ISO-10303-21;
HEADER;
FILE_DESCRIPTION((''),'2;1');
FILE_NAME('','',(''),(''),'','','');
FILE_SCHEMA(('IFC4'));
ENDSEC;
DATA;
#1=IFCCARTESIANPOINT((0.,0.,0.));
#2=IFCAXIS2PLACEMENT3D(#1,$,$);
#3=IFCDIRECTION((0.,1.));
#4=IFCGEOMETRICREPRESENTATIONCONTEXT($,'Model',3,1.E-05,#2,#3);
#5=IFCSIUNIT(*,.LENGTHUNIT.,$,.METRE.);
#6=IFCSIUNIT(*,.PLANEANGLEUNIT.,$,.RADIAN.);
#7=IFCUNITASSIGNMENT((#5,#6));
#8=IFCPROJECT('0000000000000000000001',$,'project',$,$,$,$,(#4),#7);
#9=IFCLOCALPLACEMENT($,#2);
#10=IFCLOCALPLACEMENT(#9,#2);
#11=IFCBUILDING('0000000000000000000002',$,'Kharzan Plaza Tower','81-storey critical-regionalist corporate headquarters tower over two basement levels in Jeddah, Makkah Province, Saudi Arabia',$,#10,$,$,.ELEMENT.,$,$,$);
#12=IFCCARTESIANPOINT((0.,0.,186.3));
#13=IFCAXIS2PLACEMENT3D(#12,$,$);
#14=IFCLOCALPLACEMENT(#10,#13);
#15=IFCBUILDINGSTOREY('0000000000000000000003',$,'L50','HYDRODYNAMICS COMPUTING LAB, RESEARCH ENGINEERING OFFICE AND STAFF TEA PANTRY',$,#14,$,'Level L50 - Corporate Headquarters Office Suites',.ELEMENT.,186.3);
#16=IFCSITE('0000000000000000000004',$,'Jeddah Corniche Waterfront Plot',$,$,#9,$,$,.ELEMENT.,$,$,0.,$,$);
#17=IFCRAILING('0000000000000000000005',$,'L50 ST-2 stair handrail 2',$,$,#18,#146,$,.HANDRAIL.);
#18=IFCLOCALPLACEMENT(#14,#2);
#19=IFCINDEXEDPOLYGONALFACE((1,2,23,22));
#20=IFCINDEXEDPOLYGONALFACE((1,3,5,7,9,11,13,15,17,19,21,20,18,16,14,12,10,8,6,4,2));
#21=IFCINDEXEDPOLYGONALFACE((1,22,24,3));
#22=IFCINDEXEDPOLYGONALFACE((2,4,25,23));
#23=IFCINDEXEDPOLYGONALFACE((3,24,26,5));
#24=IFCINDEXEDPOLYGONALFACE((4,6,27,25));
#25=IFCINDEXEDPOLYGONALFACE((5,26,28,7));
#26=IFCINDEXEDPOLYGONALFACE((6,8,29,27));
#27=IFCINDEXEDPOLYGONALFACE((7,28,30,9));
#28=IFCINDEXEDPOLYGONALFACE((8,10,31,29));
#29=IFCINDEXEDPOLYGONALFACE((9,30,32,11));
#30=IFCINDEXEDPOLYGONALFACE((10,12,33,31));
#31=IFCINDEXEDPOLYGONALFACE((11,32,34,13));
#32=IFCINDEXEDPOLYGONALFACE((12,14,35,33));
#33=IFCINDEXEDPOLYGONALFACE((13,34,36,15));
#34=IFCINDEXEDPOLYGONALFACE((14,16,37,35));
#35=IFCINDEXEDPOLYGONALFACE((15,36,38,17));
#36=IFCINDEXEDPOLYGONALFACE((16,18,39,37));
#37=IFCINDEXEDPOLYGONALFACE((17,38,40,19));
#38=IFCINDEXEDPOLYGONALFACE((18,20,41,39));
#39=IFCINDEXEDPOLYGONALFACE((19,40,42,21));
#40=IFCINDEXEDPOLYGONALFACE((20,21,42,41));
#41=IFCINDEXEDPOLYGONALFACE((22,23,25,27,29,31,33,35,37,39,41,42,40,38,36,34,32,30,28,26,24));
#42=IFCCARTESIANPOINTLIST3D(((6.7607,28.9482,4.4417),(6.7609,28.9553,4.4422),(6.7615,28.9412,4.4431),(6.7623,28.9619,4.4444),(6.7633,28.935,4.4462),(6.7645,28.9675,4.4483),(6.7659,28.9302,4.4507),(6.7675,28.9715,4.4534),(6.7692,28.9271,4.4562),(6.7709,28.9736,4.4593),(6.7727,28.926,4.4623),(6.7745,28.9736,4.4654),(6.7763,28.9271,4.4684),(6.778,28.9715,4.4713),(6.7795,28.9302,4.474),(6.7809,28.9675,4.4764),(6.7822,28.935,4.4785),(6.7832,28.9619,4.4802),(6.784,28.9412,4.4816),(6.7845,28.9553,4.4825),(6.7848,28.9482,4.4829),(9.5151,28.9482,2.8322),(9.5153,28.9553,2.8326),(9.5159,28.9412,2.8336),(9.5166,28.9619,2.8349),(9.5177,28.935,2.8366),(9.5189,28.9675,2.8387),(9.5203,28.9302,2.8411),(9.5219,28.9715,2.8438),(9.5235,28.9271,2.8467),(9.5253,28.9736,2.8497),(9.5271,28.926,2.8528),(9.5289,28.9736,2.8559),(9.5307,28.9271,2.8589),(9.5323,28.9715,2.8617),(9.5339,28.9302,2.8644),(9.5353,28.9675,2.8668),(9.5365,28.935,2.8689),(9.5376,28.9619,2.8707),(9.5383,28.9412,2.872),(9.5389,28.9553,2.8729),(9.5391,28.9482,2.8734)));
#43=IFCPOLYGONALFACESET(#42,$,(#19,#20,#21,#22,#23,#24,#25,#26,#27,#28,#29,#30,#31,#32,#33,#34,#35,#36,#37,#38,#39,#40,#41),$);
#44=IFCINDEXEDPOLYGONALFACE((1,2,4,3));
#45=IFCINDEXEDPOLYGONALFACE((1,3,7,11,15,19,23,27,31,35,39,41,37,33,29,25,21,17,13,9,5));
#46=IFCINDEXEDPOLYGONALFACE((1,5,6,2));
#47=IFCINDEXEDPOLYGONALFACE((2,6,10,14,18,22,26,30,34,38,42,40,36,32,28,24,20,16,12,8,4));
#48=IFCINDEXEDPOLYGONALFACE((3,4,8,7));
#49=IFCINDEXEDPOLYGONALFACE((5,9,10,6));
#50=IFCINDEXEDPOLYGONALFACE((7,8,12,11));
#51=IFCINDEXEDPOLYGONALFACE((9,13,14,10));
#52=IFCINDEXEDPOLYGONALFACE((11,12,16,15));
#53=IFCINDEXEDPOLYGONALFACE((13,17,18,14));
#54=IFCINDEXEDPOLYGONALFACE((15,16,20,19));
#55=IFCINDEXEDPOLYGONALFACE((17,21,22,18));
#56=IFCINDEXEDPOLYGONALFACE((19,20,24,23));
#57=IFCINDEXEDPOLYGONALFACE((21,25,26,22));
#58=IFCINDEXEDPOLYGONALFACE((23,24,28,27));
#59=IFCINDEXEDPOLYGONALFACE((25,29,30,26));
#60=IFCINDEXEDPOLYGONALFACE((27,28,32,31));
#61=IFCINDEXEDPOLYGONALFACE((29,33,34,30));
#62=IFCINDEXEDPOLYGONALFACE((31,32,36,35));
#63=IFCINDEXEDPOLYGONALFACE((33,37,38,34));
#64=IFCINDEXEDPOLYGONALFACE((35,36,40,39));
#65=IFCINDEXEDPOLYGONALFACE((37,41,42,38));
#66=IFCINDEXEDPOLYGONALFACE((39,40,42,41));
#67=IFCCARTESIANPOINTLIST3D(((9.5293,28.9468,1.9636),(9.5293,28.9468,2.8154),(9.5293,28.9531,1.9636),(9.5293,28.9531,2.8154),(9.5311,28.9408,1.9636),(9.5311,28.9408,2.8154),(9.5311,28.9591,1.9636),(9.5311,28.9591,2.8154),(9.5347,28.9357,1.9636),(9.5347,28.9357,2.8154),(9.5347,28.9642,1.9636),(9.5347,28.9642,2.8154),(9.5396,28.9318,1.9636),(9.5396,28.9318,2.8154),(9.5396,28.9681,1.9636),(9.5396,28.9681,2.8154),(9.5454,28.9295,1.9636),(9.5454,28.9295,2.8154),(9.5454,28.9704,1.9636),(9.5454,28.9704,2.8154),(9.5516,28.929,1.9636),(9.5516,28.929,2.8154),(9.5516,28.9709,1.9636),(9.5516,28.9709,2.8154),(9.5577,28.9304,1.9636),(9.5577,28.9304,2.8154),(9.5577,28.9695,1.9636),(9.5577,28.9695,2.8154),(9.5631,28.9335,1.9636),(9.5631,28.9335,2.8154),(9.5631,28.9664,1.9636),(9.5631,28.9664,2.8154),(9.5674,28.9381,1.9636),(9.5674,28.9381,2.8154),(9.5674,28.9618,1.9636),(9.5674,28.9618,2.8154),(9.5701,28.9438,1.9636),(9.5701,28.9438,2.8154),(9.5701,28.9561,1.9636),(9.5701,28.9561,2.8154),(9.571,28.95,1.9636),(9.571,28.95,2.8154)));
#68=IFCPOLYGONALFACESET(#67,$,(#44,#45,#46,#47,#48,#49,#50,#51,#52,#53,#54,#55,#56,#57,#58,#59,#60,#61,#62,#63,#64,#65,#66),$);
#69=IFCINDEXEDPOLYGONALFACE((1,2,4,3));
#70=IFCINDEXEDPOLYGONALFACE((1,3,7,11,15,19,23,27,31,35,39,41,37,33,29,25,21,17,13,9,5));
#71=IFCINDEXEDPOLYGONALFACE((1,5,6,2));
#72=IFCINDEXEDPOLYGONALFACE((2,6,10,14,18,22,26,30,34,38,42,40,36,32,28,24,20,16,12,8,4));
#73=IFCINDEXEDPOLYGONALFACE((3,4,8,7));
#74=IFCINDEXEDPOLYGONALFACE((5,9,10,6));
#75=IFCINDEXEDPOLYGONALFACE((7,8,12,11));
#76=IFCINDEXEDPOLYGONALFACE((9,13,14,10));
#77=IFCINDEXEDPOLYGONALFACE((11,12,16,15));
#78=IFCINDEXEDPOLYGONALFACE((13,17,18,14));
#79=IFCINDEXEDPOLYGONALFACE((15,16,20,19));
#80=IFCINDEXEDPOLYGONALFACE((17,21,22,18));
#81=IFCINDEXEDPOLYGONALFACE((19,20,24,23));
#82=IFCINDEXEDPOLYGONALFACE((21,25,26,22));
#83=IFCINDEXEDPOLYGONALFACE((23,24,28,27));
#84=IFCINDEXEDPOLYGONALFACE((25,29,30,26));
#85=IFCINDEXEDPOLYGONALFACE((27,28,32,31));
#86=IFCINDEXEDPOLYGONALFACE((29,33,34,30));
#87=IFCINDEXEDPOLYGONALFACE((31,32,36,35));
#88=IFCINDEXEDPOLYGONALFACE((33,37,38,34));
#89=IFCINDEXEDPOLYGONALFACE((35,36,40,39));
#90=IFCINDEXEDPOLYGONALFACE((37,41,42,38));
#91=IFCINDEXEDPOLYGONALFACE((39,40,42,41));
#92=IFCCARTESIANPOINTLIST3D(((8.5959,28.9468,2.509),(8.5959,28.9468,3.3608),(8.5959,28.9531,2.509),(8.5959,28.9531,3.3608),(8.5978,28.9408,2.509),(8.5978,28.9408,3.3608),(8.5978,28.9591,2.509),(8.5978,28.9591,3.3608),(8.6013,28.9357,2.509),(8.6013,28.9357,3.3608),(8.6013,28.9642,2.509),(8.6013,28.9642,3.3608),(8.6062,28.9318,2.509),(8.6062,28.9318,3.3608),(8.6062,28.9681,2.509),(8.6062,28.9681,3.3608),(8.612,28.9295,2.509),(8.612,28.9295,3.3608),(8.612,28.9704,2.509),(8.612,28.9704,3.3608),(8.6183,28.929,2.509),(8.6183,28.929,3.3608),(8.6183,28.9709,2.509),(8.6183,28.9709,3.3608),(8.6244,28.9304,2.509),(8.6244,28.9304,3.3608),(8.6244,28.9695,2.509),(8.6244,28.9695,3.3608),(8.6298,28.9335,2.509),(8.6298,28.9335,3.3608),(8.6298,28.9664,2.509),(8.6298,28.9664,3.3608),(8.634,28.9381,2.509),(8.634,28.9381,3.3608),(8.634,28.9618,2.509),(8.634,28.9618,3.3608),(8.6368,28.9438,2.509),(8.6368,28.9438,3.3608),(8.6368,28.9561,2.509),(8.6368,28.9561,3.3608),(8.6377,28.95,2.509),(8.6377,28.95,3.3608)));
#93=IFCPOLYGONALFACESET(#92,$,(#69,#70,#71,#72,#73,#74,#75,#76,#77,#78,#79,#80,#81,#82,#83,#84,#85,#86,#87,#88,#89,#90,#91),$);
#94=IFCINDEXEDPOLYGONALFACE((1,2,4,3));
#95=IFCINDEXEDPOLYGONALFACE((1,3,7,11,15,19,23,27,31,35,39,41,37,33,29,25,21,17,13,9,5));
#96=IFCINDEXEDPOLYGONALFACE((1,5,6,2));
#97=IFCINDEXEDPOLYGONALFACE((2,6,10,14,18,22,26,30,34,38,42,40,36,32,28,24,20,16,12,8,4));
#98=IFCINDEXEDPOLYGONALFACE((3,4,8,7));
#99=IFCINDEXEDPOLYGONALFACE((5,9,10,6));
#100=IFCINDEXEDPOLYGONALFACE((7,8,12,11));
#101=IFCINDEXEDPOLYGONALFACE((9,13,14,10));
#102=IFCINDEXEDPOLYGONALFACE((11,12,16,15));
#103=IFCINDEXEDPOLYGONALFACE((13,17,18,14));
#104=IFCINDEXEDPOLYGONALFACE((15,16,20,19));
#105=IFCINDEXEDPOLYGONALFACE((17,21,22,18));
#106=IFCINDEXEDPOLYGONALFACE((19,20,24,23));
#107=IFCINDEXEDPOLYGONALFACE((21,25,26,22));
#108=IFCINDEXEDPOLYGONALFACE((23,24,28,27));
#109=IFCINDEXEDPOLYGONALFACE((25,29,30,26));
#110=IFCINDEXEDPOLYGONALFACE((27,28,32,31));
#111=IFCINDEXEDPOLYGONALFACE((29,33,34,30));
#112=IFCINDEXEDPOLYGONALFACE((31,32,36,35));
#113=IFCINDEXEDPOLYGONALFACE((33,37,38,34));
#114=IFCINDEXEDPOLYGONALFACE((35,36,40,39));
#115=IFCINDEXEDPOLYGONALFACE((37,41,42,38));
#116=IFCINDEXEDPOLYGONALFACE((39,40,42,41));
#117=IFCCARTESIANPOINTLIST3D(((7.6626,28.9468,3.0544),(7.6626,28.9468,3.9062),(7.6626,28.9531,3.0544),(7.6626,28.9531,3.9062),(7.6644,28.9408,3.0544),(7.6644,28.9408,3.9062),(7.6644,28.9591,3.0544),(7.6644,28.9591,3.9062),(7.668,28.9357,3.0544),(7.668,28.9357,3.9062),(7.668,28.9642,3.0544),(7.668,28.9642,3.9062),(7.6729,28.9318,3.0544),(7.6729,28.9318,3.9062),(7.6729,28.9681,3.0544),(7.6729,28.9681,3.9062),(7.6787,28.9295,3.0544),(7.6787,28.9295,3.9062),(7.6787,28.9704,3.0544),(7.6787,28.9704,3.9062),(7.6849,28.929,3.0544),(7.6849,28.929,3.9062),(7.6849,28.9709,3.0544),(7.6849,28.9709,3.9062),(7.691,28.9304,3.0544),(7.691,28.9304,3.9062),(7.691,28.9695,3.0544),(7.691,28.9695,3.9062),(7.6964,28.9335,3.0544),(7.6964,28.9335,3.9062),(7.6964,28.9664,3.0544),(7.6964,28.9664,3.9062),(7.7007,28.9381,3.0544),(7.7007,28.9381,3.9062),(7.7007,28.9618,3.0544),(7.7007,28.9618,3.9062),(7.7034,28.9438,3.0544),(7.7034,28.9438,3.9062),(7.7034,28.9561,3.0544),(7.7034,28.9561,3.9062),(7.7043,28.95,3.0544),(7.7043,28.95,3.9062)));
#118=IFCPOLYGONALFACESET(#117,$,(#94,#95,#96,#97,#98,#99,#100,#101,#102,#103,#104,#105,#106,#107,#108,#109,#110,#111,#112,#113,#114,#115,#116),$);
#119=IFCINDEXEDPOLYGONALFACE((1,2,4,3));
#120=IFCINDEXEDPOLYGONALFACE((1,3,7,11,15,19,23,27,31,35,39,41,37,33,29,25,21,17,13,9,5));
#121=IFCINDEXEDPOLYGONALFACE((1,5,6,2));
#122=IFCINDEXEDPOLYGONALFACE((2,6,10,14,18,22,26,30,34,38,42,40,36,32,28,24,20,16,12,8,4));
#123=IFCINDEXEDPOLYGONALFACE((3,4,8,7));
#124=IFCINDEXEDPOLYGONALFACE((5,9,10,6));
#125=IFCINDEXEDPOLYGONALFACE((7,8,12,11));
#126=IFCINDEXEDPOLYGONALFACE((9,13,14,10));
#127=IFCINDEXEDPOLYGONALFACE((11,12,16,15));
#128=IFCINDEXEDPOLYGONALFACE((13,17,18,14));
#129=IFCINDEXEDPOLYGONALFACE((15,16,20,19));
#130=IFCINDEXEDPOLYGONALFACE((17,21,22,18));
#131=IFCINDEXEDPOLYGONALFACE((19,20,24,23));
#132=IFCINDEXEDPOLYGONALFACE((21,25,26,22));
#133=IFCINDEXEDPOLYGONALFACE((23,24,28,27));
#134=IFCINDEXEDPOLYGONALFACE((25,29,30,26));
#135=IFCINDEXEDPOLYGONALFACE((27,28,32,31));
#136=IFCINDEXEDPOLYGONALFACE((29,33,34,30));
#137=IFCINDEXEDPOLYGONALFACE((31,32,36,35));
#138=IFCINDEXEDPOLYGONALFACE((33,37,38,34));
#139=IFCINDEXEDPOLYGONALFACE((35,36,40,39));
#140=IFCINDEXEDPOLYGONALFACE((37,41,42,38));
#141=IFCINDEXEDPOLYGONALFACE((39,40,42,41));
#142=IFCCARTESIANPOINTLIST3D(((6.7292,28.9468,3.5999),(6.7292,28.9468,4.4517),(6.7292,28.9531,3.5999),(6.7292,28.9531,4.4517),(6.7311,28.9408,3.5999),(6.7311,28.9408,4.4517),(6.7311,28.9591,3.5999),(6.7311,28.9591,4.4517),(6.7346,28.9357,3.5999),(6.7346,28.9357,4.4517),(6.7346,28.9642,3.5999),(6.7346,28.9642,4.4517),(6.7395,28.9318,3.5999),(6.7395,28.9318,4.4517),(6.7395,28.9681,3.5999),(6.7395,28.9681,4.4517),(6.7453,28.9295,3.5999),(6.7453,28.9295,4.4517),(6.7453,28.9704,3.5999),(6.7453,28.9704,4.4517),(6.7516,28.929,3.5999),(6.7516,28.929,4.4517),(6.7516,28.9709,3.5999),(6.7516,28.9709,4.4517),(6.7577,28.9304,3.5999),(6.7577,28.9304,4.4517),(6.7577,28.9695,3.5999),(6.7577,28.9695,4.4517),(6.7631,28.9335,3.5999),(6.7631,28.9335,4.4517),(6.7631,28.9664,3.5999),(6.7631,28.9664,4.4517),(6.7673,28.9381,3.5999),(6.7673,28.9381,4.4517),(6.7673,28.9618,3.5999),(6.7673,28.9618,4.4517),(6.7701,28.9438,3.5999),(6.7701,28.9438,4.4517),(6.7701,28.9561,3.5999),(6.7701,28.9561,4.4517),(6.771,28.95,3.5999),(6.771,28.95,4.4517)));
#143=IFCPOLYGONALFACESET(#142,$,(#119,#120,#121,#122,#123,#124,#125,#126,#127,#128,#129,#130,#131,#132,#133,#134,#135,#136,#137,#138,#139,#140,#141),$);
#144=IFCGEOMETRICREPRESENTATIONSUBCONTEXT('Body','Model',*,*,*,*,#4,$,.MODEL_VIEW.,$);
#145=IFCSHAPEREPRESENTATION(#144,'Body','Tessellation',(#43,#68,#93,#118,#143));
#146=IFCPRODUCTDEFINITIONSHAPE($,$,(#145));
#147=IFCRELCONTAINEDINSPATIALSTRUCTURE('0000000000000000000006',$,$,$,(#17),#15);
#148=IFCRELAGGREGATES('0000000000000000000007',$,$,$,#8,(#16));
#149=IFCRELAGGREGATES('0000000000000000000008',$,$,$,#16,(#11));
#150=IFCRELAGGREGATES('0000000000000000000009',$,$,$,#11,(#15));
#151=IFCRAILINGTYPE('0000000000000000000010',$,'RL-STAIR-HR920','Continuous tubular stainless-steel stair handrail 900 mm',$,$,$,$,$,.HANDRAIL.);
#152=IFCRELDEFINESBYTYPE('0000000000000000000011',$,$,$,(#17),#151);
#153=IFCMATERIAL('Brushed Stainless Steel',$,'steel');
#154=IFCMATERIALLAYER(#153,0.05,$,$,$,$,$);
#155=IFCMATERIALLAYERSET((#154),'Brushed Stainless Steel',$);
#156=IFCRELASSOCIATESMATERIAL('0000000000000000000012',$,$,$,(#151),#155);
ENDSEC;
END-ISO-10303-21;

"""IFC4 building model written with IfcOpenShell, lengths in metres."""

from ifc_helpers import new_model, si_unit, direction, frame, origin, origin_2d, place, context, subcontext, project, spatial, circle, extrude, source, transform, mapped, material, layer, layer_set, type_object, element, save


model = new_model("IFC4")

# Units and contexts
model_context = context("Model", 3, precision=1e-05, world=origin(), true_north=direction((0.0, 1.0)))
body_context = subcontext(model_context, "Body", "Model", "MODEL_VIEW")
ifc_project = project(units=[si_unit("LENGTHUNIT", "METRE"), si_unit("PLANEANGLEUNIT", "RADIAN")], contexts=[model_context])

# Site, building, storey
site_placement = place(None, origin())
site = spatial("IfcSite", under=ifc_project, at=site_placement, Name="Jeddah Corniche Waterfront Plot", CompositionType="ELEMENT", RefElevation=0.0)
building_placement = place(site_placement, origin())
building = spatial("IfcBuilding", under=site, at=building_placement, Name="Kharzan Plaza Tower", Description="81-storey critical-regionalist corporate headquarters tower over two basement levels in Jeddah, Makkah Province, Saudi Arabia", CompositionType="ELEMENT")
storey_placement = place(building_placement, frame((0.0, 0.0, 186.3)))
storey = spatial("IfcBuildingStorey", under=building, at=storey_placement, Name="L50", Description="HYDRODYNAMICS COMPUTING LAB, RESEARCH ENGINEERING OFFICE AND STAFF TEA PANTRY", LongName="Level L50 - Corporate Headquarters Office Suites", CompositionType="ELEMENT", Elevation=186.3)

# Shared definitions
ifc_material_1 = material(Name="Brushed Stainless Steel", Category="steel")

# Railing
ifc_layer_1 = layer(ifc_material_1, 0.05)
ifc_layer_set_1 = layer_set([ifc_layer_1], Name="Brushed Stainless Steel")
railing_type_1 = type_object("IfcRailingType", Name="RL-STAIR-HR920", Description="Continuous tubular stainless-steel stair handrail 900 mm", PredefinedType="HANDRAIL", material=ifc_layer_set_1)
shared_shape_1 = source(origin(), body_context, "Body", "SweptSolid", [
    extrude(circle(Radius=0.0239, at=origin_2d()), frame((-0.0229, 0.0, 0.8892), z_axis=(-0.863394, 0.0, 0.504531), x_axis=(0.0, -1.0, 0.0)), (0.0, 0.0, 1.0), 3.1902),
    extrude(circle(Radius=0.021, at=origin_2d()), origin(), (0.0, 0.0, 1.0), 0.8518),
    extrude(circle(Radius=0.021, at=origin_2d()), frame((-0.9333, 0.0, 0.5454)), (0.0, 0.0, 1.0), 0.8518),
    extrude(circle(Radius=0.021, at=origin_2d()), frame((-1.8667, 0.0, 1.0908)), (0.0, 0.0, 1.0), 0.8518),
    extrude(circle(Radius=0.021, at=origin_2d()), frame((-2.8, 0.0, 1.6362)), (0.0, 0.0, 1.0), 0.8518),
])
railing_1_placement = place(storey_placement, frame((9.55, 28.95, 1.9636)))
element("IfcRailing", 1, at=railing_1_placement, inside=storey, type_object=railing_type_1, Name="L50 ST-2 stair handrail 2", PredefinedType="HANDRAIL", context=body_context, shape_type="MappedRepresentation", body=[
    mapped(shared_shape_1, transform((0.0, 0.0, 0.0), x_axis=(1.0, 0.0, 0.0), y_axis=(0.0, 1.0, 0.0), z_axis=(0.0, 0.0, 1.0))),
])

save(model, "model.ifc")
